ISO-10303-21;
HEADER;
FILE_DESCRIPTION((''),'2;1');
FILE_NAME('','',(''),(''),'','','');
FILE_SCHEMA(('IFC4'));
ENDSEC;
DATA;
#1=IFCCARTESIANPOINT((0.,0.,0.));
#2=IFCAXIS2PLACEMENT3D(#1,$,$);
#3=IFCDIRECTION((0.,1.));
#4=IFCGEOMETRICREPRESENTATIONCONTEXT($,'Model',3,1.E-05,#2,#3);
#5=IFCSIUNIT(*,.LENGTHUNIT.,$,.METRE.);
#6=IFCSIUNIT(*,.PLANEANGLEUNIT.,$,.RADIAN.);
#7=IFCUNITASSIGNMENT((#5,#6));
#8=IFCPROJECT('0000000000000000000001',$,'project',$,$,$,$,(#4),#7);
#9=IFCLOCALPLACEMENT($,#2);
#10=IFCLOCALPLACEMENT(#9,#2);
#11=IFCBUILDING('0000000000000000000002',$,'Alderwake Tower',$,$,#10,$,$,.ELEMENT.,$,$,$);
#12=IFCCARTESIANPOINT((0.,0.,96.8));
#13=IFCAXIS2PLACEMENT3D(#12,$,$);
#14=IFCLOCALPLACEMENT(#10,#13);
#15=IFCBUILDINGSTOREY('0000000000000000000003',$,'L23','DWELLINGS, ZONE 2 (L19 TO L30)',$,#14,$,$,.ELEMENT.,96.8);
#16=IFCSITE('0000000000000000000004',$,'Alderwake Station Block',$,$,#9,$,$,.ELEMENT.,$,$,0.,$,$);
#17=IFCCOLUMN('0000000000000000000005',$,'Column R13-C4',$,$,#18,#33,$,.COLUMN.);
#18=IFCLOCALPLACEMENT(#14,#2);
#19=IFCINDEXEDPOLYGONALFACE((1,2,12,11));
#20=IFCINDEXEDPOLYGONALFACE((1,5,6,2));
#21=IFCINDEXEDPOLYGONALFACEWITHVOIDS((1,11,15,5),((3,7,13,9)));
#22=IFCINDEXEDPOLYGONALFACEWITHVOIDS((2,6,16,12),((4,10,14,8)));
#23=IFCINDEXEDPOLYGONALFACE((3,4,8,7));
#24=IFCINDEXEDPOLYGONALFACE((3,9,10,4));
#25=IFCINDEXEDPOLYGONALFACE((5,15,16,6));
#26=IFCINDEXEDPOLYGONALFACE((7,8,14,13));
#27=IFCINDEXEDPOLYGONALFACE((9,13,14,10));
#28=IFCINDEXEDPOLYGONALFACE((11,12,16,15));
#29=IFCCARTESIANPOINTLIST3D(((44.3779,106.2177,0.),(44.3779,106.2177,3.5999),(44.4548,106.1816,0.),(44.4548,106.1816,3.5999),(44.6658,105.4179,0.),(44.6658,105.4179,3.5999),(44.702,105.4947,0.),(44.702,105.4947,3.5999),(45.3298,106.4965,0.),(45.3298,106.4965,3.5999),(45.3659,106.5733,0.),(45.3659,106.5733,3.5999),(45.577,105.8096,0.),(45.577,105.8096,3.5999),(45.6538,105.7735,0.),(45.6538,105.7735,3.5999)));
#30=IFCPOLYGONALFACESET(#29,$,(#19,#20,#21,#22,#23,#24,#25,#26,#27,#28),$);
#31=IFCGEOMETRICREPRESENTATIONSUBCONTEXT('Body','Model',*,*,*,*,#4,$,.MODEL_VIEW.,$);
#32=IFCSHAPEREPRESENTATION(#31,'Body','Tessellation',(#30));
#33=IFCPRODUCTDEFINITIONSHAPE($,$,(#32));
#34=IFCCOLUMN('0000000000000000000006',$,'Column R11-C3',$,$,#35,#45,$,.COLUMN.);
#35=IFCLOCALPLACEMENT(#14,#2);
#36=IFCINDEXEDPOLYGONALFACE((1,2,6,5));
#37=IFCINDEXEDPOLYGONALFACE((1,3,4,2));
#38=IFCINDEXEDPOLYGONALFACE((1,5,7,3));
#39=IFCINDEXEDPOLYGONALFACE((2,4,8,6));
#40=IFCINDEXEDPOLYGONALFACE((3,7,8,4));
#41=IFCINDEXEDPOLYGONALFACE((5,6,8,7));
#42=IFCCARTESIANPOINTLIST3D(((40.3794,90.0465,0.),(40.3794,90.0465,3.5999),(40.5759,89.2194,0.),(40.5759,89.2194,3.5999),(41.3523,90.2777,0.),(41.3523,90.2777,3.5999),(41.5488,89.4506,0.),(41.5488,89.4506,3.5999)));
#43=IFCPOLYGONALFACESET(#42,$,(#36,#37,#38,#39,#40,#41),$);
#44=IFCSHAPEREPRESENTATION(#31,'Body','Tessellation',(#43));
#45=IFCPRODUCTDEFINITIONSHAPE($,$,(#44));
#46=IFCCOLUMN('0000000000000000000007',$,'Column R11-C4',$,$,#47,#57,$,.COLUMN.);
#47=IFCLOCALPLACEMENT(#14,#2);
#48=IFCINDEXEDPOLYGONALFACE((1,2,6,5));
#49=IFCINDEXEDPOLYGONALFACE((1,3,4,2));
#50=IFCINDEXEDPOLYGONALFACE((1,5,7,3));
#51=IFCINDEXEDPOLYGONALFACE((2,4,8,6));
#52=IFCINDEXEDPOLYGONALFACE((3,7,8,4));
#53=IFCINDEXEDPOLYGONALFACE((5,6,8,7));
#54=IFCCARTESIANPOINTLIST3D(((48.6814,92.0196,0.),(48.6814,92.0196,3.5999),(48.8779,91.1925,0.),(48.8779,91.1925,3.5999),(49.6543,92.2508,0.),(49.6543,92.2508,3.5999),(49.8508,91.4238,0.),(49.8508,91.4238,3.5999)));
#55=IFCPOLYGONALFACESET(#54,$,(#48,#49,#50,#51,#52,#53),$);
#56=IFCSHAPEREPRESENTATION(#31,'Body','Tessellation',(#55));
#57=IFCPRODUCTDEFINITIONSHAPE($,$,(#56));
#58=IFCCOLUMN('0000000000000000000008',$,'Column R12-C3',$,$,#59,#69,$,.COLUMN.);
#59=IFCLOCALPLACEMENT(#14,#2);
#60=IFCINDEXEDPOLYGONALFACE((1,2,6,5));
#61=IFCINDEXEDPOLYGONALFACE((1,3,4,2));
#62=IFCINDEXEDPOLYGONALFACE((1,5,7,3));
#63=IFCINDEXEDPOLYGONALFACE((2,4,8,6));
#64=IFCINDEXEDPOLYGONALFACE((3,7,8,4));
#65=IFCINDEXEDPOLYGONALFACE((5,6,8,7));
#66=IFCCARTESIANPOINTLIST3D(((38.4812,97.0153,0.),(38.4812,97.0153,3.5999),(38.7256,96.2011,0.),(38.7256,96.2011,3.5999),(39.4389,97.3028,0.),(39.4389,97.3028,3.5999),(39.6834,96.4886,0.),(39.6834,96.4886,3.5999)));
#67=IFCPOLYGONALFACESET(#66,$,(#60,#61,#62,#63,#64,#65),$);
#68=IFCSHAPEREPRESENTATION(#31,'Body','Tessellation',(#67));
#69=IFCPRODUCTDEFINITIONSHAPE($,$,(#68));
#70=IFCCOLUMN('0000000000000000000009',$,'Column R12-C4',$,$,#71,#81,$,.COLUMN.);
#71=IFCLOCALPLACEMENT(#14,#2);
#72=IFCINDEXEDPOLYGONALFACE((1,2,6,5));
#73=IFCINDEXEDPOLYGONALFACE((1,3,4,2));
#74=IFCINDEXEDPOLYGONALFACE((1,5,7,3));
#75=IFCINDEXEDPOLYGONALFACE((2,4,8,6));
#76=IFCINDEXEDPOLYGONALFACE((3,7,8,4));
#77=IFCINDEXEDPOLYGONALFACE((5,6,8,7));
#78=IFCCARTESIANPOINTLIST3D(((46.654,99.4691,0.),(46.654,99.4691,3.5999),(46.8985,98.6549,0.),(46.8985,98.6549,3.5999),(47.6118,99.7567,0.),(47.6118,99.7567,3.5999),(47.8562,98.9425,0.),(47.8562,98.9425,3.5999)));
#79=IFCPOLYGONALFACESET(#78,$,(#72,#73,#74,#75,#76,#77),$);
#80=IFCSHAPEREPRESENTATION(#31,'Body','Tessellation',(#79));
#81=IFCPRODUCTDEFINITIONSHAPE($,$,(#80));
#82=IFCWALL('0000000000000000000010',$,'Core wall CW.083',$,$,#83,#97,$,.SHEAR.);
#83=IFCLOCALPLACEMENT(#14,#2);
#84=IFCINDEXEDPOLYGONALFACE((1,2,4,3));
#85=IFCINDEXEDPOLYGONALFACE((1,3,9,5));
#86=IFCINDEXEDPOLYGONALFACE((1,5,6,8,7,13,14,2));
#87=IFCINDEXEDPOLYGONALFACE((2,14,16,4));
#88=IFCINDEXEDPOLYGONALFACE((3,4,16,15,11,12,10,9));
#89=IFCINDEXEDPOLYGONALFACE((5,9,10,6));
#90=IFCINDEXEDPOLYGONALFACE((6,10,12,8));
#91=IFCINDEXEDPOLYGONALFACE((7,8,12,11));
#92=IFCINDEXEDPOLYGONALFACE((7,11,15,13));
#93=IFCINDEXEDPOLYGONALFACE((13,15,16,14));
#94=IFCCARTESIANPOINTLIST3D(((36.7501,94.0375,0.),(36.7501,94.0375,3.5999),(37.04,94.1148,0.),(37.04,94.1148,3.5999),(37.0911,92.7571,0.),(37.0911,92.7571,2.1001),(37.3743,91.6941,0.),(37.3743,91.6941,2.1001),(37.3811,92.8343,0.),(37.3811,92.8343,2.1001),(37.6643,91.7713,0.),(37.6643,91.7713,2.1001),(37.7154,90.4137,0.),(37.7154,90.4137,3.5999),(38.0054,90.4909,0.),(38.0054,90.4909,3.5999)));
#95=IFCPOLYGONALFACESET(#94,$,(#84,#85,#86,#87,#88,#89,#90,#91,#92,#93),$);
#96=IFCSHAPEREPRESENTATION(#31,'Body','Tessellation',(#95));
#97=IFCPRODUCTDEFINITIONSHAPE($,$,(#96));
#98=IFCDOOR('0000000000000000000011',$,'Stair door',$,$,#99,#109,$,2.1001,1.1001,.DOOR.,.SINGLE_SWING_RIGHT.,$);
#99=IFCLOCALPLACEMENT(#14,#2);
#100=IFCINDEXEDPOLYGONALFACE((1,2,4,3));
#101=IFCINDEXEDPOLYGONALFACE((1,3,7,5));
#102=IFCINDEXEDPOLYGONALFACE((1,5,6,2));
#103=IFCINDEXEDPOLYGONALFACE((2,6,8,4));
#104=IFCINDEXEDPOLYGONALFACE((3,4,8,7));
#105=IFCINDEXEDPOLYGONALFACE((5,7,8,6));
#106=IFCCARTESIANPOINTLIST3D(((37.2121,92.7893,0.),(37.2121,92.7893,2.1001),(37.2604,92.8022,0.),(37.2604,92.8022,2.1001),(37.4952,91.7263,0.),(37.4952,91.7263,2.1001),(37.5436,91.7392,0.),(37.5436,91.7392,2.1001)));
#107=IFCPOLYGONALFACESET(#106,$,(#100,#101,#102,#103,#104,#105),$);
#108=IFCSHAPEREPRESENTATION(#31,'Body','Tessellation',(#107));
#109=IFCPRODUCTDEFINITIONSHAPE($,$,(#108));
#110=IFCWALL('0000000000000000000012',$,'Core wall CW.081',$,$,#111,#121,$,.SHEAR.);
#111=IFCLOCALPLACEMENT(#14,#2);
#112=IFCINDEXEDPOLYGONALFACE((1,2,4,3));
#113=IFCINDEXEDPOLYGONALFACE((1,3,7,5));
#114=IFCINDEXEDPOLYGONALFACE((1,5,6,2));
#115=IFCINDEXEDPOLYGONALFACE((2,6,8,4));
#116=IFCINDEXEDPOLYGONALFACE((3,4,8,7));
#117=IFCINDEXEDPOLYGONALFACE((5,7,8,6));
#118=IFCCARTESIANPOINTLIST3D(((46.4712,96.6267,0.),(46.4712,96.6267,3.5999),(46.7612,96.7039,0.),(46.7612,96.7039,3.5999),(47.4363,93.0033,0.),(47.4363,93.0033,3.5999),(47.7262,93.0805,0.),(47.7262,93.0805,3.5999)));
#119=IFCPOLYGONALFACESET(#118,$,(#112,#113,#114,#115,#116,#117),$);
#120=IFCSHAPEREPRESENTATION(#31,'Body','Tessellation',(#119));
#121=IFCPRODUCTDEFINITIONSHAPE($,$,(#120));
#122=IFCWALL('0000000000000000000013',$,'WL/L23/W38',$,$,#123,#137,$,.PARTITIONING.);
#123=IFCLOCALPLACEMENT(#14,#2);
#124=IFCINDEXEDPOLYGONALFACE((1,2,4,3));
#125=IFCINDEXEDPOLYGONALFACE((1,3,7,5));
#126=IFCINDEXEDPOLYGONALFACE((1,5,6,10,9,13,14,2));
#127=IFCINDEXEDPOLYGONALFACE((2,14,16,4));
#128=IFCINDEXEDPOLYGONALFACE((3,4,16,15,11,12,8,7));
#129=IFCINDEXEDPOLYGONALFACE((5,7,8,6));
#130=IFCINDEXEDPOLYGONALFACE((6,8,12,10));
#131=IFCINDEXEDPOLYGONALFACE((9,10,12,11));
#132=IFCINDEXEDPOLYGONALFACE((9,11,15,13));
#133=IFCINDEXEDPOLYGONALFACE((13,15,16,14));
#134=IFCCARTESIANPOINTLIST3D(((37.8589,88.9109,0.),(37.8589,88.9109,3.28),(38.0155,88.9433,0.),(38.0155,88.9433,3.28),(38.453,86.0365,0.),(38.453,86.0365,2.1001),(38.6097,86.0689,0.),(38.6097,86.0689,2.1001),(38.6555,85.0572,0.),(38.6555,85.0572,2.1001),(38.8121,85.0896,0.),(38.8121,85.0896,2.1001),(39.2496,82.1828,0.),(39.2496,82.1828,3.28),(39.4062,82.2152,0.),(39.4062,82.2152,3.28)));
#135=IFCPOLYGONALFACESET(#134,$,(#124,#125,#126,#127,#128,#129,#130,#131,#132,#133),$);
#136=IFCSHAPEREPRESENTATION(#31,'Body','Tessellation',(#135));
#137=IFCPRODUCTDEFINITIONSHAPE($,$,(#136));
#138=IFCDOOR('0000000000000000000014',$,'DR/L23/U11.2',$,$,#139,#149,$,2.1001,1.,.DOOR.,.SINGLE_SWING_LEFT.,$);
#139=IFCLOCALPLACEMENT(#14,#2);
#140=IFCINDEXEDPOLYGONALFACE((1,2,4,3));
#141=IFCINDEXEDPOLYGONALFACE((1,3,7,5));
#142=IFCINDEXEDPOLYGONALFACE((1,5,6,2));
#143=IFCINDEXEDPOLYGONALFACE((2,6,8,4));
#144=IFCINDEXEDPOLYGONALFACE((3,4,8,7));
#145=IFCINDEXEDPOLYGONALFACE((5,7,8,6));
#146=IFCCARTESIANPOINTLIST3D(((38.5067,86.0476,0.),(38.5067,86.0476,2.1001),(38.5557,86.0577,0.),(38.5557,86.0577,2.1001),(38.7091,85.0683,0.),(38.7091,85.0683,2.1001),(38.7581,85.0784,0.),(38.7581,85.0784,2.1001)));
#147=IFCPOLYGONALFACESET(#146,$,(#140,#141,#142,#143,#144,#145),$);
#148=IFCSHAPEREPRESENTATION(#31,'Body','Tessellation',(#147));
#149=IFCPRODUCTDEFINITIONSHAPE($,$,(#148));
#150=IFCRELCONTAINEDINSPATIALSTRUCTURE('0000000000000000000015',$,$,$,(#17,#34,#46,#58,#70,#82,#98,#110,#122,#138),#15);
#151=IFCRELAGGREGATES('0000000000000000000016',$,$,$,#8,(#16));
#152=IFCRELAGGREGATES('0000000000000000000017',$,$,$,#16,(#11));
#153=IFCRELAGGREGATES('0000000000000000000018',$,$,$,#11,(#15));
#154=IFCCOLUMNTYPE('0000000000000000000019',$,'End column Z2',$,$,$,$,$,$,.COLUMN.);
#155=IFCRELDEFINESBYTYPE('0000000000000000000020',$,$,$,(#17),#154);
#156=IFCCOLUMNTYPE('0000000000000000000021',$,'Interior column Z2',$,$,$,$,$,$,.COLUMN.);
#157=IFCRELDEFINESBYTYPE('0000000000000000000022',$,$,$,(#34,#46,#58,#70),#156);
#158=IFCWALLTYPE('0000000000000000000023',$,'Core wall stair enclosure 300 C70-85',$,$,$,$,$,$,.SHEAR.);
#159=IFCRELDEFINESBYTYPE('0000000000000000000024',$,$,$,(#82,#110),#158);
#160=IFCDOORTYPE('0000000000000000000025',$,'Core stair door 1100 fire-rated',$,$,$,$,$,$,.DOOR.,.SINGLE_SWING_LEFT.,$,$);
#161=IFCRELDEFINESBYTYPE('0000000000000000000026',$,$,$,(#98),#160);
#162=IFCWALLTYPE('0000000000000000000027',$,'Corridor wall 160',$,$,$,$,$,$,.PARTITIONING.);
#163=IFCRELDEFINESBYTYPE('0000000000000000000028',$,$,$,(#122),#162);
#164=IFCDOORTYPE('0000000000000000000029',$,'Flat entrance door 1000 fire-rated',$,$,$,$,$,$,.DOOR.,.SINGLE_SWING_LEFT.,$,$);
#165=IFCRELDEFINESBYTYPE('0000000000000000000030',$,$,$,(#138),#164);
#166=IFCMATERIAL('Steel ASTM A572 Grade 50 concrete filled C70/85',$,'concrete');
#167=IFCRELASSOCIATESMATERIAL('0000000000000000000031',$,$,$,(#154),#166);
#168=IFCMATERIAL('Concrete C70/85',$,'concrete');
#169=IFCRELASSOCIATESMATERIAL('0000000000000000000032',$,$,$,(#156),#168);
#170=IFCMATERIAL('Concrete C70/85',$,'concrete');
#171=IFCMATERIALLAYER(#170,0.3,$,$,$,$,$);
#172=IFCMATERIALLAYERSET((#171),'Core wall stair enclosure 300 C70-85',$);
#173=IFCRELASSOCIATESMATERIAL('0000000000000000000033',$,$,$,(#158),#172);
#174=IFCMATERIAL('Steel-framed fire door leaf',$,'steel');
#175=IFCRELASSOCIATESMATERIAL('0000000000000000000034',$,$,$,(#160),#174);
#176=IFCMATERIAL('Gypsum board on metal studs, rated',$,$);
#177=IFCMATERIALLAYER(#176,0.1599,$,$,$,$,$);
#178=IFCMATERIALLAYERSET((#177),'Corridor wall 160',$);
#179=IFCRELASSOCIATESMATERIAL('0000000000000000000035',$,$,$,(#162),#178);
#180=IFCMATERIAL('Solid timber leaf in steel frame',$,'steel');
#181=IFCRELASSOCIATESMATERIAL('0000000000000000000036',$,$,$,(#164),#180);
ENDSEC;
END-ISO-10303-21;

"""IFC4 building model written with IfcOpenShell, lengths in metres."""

from ifc_helpers import new_model, si_unit, direction, frame, frame_2d, origin, origin_2d, place, context, subcontext, project, spatial, rectangle, hollow_rectangle, extrude, material, layer, layer_set, material_profile, profile_set, type_object, element, fill, save


model = new_model("IFC4")

# Units and contexts
model_context = context("Model", 3, precision=1e-05, world=origin(), true_north=direction((0.0, 1.0)))
body_context = subcontext(model_context, "Body", "Model", "MODEL_VIEW")
ifc_project = project(units=[si_unit("LENGTHUNIT", "METRE"), si_unit("PLANEANGLEUNIT", "RADIAN")], contexts=[model_context])

# Site, building, storey
site_placement = place(None, origin())
site = spatial("IfcSite", under=ifc_project, at=site_placement, Name="Alderwake Station Block", CompositionType="ELEMENT", RefElevation=0.0)
building_placement = place(site_placement, origin())
building = spatial("IfcBuilding", under=site, at=building_placement, Name="Alderwake Tower", CompositionType="ELEMENT")
storey_placement = place(building_placement, frame((0.0, 0.0, 96.8)))
storey = spatial("IfcBuildingStorey", under=building, at=storey_placement, Name="L23", Description="DWELLINGS, ZONE 2 (L19 TO L30)", CompositionType="ELEMENT", Elevation=96.8)

# Columns
ifc_material_1 = material(Name="Steel ASTM A572 Grade 50 concrete filled C70/85", Category="concrete")
ifc_material_profile_1 = material_profile(ifc_material_1, hollow_rectangle(XDim=0.8501, YDim=1.05, WallThickness=0.0601, at=origin_2d()), Name="BOX 1050X850X60")
ifc_profile_set_1 = profile_set([ifc_material_profile_1], Name="Steel ASTM A572 Grade 50 concrete filled C70/85")
column_type_1 = type_object("IfcColumnType", Name="End column Z2", PredefinedType="COLUMN", material=ifc_profile_set_1)
column_placement = place(storey_placement, frame((45.0159, 105.9956, 0.0), z_axis=(0.0, 0.0, 1.0), x_axis=(-0.338653, 0.940912, 0.0)))
element("IfcColumn", 1, at=column_placement, inside=storey, type_object=column_type_1, Name="Column R13-C4", PredefinedType="COLUMN", context=body_context, shape_type="SweptSolid", body=[
    extrude(hollow_rectangle(XDim=0.8501, YDim=1.05, WallThickness=0.0601, at=origin_2d()), origin(), (0.0, 0.0, 1.0), 3.5999),
])
ifc_material_2 = material(Name="Concrete C70/85", Category="concrete")
ifc_material_profile_2 = material_profile(ifc_material_2, rectangle(XDim=0.8501, YDim=1.0, at=origin_2d()), Name="RC 1000X850")
ifc_profile_set_2 = profile_set([ifc_material_profile_2], Name="Concrete C70/85")
column_type_2 = type_object("IfcColumnType", Name="Interior column Z2", PredefinedType="COLUMN", material=ifc_profile_set_2)
for number, where, z_axis, x_axis, name in (
    (2, (40.9641, 89.7485, 0.0), (0.0, 0.0, 1.0), (-0.231222, 0.972901, 0.0), "Column R11-C3"),
    (3, (49.2661, 91.7217, 0.0), (0.0, 0.0, 1.0), (-0.231222, 0.972901, 0.0), "Column R11-C4"),
    (4, (39.0823, 96.752, 0.0), (0.0, 0.0, 1.0), (-0.287549, 0.957766, 0.0), "Column R12-C3"),
    (5, (47.2551, 99.2058, 0.0), (0.0, 0.0, 1.0), (-0.287549, 0.957766, 0.0), "Column R12-C4"),
):
    element("IfcColumn", number, at=place(storey_placement, frame(where, z_axis=z_axis, x_axis=x_axis)), inside=storey, type_object=column_type_2, Name=name, PredefinedType="COLUMN", context=body_context, shape_type="SweptSolid", body=[
        extrude(rectangle(XDim=0.8501, YDim=1.0, at=origin_2d()), origin(), (0.0, 0.0, 1.0), 3.5999),
    ])

# Wall, opening, door
ifc_material_3 = material(Name="Concrete C70/85", Category="concrete")
ifc_layer_1 = layer(ifc_material_3, 0.3)
ifc_layer_set_1 = layer_set([ifc_layer_1], Name="Core wall stair enclosure 300 C70-85")
wall_type_1 = type_object("IfcWallType", Name="Core wall stair enclosure 300 C70-85", PredefinedType="SHEAR", material=ifc_layer_set_1)
wall_1_placement = place(storey_placement, frame((37.8604, 90.4524, 0.0), z_axis=(0.0, 0.0, 1.0), x_axis=(-0.257411, 0.966302, 0.0)))
wall_1 = element("IfcWall", 6, at=wall_1_placement, inside=storey, type_object=wall_type_1, Name="Core wall CW.083", PredefinedType="SHEAR", context=body_context, shape_type="SweptSolid", body=[
    extrude(rectangle(XDim=3.7502, YDim=0.3, at=frame_2d((1.875, 0.0))), origin(), (0.0, 0.0, 1.0), 3.5999),
])
opening_1_placement = place(wall_1_placement, frame((1.325, 0.0, 0.0)))
opening_1 = element("IfcOpeningElement", 7, at=opening_1_placement, cuts=wall_1, PredefinedType="OPENING", context=body_context, shape_type="SweptSolid", body=[
    extrude(rectangle(XDim=1.1001, YDim=2.1001, at=frame_2d((0.55, 1.05))), frame((0.0, 0.1599, 0.0), z_axis=(0.0, -1.0, 0.0), x_axis=(1.0, 0.0, 0.0)), (0.0, 0.0, 1.0), 0.3201),
])
ifc_material_4 = material(Name="Steel-framed fire door leaf", Category="steel")
door_type_1 = type_object("IfcDoorType", Name="Core stair door 1100 fire-rated", OperationType="SINGLE_SWING_LEFT", PredefinedType="DOOR", material=ifc_material_4)
door_1_placement = place(opening_1_placement, origin())
door_1 = element("IfcDoor", 8, at=door_1_placement, inside=storey, type_object=door_type_1, Name="Stair door", OperationType="SINGLE_SWING_RIGHT", OverallHeight=2.1001, OverallWidth=1.1001, PredefinedType="DOOR", context=body_context, shape_type="SweptSolid", body=[
    extrude(rectangle(XDim=1.1001, YDim=2.1001, at=frame_2d((0.55, 1.05))), frame((0.0, 0.0249, 0.0), z_axis=(0.0, -1.0, 0.0), x_axis=(1.0, 0.0, 0.0)), (0.0, 0.0, 1.0), 0.05),
])
fill(opening_1, door_1)

# Wall
wall_2_placement = place(storey_placement, frame((47.5813, 93.0417, 0.0), z_axis=(0.0, 0.0, 1.0), x_axis=(-0.257367, 0.966314, 0.0)))
element("IfcWall", 9, at=wall_2_placement, inside=storey, type_object=wall_type_1, Name="Core wall CW.081", PredefinedType="SHEAR", context=body_context, shape_type="SweptSolid", body=[
    extrude(rectangle(XDim=3.7498, YDim=0.3, at=frame_2d((1.875, 0.0))), origin(), (0.0, 0.0, 1.0), 3.5999),
])

# Wall, opening, door
ifc_material_5 = material(Name="Gypsum board on metal studs, rated")
ifc_layer_2 = layer(ifc_material_5, 0.1599)
ifc_layer_set_2 = layer_set([ifc_layer_2], Name="Corridor wall 160")
wall_type_2 = type_object("IfcWallType", Name="Corridor wall 160", PredefinedType="PARTITIONING", material=ifc_layer_set_2)
wall_3_placement = place(storey_placement, frame((37.9373, 88.927, 0.0), z_axis=(0.0, 0.0, 1.0), x_axis=(0.202413, -0.9793, 0.0)))
wall_3 = element("IfcWall", 10, at=wall_3_placement, inside=storey, type_object=wall_type_2, Name="WL/L23/W38", PredefinedType="PARTITIONING", context=body_context, shape_type="SweptSolid", body=[
    extrude(rectangle(XDim=6.8704, YDim=0.1599, at=frame_2d((3.4351, 0.0))), origin(), (0.0, 0.0, 1.0), 3.28),
])
opening_2_placement = place(wall_3_placement, frame((2.9351, 0.0, 0.0)))
opening_2 = element("IfcOpeningElement", 11, at=opening_2_placement, cuts=wall_3, PredefinedType="OPENING", context=body_context, shape_type="SweptSolid", body=[
    extrude(rectangle(XDim=1.0, YDim=2.1001, at=frame_2d((0.5, 1.05))), frame((0.0, 0.0898, 0.0), z_axis=(0.0, -1.0, 0.0), x_axis=(1.0, 0.0, 0.0)), (0.0, 0.0, 1.0), 0.1799),
])
ifc_material_6 = material(Name="Solid timber leaf in steel frame", Category="steel")
door_type_2 = type_object("IfcDoorType", Name="Flat entrance door 1000 fire-rated", OperationType="SINGLE_SWING_LEFT", PredefinedType="DOOR", material=ifc_material_6)
door_2_placement = place(opening_2_placement, origin())
door_2 = element("IfcDoor", 12, at=door_2_placement, inside=storey, type_object=door_type_2, Name="DR/L23/U11.2", OperationType="SINGLE_SWING_LEFT", OverallHeight=2.1001, OverallWidth=1.0, PredefinedType="DOOR", context=body_context, shape_type="SweptSolid", body=[
    extrude(rectangle(XDim=1.0, YDim=2.1001, at=frame_2d((0.5, 1.05))), frame((0.0, 0.0249, 0.0), z_axis=(0.0, -1.0, 0.0), x_axis=(1.0, 0.0, 0.0)), (0.0, 0.0, 1.0), 0.05),
])
fill(opening_2, door_2)

save(model, "model.ifc")
